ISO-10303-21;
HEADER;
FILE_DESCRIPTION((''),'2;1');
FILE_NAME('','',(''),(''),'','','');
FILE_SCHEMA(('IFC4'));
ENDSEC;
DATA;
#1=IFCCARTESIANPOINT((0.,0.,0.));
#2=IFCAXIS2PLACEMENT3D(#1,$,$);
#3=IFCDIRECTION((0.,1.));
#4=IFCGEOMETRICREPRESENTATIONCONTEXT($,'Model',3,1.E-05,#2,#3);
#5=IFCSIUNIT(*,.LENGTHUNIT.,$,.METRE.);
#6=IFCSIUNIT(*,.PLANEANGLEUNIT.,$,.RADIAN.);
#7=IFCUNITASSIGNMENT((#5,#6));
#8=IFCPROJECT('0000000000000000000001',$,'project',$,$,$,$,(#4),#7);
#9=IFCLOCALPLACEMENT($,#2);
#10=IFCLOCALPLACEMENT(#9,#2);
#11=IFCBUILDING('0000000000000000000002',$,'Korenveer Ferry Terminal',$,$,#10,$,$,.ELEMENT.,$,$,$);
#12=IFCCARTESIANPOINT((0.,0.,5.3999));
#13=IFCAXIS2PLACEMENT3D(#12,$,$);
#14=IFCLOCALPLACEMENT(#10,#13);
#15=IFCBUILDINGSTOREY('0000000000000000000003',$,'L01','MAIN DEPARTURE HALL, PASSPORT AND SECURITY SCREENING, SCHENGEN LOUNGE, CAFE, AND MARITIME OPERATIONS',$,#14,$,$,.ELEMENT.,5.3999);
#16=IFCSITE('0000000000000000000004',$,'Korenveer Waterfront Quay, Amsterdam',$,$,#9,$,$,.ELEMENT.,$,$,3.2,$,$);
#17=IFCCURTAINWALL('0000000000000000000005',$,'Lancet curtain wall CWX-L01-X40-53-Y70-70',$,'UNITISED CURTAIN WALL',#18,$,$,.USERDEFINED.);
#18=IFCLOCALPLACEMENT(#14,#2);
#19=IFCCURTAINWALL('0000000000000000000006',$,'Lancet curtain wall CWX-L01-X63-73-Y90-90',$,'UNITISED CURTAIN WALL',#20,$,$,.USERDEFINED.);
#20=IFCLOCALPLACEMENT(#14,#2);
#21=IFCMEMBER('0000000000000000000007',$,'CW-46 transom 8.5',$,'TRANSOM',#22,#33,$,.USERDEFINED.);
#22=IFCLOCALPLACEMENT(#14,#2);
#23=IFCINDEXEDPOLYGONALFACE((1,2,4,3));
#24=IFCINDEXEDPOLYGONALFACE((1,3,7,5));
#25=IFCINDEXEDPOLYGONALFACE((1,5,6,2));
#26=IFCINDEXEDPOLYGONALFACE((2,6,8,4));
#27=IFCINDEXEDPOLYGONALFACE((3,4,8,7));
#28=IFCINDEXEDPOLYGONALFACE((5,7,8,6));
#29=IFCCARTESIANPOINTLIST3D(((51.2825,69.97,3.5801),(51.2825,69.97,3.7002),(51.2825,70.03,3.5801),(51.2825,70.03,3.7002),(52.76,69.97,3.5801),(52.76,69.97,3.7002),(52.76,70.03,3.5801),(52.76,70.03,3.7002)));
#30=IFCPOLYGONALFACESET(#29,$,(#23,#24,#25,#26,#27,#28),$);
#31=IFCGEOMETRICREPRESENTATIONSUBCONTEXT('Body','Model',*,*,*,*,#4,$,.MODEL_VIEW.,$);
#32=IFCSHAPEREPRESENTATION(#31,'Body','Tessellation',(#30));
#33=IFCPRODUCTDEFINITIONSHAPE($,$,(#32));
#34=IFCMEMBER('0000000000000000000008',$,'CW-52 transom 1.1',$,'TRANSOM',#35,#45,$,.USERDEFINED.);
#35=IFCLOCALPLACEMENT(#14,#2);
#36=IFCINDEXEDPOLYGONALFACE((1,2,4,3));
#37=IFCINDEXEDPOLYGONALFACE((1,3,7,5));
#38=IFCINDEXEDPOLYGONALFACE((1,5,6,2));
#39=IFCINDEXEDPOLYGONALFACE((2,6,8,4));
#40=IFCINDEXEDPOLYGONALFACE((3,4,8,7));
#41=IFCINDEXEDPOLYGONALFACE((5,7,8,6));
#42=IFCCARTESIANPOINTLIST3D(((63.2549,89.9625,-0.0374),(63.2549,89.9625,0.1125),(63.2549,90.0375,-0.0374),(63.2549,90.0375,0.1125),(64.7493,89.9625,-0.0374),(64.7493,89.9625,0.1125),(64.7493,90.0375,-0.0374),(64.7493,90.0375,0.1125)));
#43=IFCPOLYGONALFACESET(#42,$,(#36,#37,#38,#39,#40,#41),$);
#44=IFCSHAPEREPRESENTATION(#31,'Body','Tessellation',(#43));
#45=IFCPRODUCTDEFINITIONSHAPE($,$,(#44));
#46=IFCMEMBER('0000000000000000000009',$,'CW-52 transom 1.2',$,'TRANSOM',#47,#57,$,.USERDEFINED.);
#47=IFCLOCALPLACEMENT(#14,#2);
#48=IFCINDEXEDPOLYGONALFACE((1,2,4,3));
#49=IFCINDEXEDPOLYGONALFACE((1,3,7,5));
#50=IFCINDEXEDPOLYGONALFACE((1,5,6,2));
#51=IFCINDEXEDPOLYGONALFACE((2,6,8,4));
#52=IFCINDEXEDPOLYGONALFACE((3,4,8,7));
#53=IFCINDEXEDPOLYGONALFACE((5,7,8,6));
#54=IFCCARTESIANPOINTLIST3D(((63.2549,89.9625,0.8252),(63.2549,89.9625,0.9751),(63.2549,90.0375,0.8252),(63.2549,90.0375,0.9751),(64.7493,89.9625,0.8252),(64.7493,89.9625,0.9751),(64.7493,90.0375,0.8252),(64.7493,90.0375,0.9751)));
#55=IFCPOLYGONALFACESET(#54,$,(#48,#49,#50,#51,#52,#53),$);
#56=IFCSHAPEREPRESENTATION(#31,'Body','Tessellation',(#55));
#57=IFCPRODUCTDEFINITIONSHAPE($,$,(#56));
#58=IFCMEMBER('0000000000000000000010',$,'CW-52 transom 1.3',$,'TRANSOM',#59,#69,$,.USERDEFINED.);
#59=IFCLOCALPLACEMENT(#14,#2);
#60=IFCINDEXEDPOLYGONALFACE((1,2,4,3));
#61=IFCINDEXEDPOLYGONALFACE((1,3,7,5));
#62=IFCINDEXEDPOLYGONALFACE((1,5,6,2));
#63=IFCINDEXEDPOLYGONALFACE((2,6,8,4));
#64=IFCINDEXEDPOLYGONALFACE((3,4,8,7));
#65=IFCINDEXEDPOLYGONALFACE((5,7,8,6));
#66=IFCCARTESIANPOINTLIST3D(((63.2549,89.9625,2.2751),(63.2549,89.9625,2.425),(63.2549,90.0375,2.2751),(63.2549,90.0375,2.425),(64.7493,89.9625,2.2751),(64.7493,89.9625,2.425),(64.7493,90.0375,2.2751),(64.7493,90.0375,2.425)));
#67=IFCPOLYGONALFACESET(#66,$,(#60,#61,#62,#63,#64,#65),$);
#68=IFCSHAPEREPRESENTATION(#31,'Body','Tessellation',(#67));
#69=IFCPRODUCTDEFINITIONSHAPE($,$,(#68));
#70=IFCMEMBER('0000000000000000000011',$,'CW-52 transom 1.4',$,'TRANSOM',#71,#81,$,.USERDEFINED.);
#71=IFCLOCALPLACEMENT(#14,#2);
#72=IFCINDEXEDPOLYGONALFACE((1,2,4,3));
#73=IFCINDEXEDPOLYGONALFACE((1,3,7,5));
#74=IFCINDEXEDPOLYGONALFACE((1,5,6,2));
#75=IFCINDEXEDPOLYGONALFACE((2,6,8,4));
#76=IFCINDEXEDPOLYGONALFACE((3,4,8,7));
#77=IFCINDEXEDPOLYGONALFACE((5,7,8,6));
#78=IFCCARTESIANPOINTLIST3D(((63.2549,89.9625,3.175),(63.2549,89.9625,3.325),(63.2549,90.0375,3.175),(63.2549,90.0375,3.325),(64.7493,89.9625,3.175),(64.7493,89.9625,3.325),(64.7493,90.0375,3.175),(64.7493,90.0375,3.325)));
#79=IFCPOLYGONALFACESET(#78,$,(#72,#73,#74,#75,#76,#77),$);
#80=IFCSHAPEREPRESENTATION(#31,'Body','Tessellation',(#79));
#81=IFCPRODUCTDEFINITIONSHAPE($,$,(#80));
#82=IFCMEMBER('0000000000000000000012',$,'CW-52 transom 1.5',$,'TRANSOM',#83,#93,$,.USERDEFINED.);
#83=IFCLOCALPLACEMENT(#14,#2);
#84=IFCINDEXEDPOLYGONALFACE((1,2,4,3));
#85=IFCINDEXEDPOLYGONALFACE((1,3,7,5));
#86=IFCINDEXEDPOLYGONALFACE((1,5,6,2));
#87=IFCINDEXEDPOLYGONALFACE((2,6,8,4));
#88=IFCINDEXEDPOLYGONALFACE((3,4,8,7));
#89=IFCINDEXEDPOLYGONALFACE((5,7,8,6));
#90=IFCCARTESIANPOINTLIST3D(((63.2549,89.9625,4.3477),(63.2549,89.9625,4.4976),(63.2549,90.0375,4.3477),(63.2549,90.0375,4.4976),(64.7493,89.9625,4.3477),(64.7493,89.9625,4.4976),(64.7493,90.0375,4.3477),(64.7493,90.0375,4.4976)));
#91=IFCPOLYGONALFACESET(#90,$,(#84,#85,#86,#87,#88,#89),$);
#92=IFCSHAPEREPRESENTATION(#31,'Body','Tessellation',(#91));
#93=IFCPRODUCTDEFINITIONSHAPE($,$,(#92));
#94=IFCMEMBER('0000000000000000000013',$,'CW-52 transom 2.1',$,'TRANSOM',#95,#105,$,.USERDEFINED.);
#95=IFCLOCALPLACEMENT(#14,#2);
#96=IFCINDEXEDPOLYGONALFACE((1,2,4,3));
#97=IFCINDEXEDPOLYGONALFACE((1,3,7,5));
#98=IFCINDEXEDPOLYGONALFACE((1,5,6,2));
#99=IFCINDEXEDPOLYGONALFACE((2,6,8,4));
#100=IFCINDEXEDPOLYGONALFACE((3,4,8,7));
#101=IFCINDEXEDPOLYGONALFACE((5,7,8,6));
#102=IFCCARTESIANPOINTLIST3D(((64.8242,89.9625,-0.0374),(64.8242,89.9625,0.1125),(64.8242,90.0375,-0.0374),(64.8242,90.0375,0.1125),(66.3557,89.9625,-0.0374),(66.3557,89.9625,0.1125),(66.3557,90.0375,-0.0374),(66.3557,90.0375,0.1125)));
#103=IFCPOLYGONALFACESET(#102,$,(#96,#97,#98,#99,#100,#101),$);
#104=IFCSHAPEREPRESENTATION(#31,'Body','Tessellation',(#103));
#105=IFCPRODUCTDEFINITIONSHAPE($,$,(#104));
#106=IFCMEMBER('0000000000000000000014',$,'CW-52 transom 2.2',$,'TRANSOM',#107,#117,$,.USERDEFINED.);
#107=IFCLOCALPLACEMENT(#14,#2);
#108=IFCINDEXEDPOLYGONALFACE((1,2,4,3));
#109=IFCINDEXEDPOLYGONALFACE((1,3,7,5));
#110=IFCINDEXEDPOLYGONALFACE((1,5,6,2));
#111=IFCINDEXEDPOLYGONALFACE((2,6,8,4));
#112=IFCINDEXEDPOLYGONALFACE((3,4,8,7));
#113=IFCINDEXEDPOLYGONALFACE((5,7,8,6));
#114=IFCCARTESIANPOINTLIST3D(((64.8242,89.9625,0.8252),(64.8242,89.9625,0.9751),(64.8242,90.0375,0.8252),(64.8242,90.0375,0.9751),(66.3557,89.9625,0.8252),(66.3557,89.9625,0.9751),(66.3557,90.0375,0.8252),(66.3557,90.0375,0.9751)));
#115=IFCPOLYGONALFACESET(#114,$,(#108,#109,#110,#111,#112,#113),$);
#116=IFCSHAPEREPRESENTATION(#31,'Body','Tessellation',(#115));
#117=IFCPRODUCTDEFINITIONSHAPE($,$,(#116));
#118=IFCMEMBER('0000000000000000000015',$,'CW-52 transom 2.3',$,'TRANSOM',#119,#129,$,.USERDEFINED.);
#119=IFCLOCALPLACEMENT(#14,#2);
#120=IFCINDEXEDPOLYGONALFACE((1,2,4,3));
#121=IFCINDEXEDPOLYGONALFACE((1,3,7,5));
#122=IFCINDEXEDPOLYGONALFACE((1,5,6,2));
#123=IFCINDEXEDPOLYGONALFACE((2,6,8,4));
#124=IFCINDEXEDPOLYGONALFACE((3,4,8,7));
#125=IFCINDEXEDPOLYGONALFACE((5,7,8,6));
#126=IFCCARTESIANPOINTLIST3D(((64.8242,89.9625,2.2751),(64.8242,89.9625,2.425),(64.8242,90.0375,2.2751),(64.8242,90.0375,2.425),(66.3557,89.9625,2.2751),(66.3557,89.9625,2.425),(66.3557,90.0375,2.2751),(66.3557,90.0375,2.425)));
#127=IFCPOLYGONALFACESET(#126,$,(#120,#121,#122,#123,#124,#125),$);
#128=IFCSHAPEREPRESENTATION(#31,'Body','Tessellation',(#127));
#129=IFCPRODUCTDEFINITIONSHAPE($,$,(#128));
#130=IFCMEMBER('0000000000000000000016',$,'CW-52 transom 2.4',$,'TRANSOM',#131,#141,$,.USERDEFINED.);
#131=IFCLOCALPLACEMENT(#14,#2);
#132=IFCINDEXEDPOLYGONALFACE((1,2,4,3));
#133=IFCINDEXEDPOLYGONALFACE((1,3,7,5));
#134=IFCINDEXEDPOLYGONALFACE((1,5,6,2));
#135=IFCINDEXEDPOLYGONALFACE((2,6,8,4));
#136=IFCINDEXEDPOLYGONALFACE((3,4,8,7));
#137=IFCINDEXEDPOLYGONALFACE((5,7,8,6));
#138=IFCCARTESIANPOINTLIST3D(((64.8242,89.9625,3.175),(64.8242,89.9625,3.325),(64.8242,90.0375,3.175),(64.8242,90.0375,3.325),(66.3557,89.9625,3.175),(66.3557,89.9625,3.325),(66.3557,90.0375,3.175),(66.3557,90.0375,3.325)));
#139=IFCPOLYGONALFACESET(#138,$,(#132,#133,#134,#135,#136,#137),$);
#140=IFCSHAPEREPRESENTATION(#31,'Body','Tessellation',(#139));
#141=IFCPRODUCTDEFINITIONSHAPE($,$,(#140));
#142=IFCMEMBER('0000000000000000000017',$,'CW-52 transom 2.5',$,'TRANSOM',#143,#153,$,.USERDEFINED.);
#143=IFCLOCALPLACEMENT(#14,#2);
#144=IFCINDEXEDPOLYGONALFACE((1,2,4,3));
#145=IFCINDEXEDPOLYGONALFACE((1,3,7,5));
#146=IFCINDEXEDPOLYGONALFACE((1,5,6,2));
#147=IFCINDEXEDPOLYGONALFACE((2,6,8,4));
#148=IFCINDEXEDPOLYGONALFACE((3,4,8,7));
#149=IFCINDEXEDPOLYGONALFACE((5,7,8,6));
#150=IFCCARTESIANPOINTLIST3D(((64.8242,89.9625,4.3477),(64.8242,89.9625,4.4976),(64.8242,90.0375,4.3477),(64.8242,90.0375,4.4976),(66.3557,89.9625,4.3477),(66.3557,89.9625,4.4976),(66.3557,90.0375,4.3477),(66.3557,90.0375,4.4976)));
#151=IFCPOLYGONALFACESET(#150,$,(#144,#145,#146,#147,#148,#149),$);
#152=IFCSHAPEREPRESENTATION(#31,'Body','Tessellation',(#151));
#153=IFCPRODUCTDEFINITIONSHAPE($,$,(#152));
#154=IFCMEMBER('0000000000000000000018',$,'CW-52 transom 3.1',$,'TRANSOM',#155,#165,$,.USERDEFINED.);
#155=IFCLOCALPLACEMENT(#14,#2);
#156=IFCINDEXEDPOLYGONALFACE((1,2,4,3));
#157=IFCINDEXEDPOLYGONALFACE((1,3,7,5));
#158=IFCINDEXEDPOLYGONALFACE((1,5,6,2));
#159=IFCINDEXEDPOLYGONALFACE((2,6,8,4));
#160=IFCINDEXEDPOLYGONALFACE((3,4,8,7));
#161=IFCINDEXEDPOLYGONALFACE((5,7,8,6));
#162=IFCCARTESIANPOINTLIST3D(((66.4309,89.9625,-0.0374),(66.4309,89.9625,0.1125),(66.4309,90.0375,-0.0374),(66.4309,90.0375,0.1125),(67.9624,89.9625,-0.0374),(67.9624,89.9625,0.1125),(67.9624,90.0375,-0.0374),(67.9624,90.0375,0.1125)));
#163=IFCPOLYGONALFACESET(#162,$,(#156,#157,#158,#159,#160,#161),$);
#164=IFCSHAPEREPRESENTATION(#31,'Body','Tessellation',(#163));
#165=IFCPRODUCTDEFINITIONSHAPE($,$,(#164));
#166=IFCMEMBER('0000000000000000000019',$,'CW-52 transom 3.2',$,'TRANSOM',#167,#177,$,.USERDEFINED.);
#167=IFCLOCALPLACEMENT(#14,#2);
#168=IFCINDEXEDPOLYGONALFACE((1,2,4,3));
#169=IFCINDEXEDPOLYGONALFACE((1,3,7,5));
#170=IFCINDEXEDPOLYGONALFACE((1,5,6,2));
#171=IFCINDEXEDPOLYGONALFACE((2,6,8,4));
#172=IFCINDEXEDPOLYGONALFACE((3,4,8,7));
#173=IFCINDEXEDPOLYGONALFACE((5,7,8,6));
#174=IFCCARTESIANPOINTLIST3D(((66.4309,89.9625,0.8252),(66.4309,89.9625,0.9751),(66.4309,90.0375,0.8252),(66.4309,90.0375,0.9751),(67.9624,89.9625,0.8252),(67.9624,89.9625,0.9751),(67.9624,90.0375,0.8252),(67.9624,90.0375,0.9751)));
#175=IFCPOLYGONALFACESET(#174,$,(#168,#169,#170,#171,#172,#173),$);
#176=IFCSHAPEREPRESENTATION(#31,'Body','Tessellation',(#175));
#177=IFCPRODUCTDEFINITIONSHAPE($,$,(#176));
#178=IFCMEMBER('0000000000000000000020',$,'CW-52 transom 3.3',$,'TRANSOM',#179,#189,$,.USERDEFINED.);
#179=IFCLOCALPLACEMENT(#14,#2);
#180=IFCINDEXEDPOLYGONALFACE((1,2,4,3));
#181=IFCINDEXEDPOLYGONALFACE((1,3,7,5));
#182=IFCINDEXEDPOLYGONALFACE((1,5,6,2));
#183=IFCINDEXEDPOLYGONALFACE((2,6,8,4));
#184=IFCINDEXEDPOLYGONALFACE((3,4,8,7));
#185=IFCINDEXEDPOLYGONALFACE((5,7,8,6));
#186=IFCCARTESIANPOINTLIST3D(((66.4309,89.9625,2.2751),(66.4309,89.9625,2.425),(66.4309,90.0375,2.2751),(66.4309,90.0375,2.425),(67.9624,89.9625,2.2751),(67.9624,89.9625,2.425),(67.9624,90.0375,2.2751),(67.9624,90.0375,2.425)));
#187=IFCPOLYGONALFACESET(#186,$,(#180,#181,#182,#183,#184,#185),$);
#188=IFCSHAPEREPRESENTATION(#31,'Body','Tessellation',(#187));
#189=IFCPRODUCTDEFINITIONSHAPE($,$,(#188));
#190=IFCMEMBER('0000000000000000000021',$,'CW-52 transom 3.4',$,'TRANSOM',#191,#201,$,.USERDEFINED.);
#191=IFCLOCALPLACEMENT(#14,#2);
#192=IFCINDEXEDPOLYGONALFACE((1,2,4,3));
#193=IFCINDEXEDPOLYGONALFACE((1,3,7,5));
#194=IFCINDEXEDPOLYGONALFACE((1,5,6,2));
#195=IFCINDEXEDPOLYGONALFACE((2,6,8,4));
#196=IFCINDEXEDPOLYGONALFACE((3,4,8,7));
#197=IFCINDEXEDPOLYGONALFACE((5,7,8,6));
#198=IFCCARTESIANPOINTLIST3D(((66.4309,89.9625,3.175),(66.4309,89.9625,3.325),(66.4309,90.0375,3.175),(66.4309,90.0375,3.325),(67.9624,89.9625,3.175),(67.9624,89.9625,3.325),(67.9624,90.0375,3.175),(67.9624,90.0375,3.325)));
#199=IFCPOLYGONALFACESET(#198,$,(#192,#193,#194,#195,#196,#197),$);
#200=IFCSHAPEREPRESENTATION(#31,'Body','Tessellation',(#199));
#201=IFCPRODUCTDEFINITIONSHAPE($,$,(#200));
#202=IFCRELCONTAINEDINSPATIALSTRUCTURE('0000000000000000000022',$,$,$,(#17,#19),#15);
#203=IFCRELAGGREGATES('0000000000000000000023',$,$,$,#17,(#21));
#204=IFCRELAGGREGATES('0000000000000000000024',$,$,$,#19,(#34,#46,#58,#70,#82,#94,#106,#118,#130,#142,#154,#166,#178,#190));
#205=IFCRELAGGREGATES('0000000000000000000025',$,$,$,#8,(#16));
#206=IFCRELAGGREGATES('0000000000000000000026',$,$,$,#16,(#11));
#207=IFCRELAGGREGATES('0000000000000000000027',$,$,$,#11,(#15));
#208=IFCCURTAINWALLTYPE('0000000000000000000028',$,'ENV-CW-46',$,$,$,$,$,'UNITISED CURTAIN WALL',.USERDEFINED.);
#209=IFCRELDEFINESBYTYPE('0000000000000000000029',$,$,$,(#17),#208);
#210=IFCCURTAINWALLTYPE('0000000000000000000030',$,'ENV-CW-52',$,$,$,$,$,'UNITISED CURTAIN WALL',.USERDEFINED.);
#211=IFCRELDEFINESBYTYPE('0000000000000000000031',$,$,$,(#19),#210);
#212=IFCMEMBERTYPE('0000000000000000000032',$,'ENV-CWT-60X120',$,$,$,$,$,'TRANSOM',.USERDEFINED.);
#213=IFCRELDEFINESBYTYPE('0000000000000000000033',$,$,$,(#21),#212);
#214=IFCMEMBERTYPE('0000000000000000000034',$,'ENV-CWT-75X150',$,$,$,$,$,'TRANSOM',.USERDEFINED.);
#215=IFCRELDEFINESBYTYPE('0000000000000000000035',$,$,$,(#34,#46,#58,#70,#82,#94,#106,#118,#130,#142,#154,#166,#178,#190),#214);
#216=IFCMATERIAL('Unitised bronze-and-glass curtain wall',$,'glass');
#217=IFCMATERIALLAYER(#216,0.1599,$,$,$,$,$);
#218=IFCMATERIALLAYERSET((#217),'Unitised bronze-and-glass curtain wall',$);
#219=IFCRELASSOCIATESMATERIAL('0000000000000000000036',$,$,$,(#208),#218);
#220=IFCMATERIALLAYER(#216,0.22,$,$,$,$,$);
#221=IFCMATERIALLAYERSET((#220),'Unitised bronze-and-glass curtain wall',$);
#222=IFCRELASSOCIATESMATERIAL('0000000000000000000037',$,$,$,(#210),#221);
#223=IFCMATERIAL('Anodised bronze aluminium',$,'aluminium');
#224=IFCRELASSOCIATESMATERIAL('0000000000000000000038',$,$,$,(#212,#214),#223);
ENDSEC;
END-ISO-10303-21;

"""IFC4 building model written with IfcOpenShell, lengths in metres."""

from ifc_helpers import new_model, si_unit, direction, frame, origin, origin_2d, place, context, subcontext, project, spatial, rectangle, extrude, material, layer, layer_set, material_profile, profile_set, type_object, element, aggregate, save


model = new_model("IFC4")

# Units and contexts
model_context = context("Model", 3, precision=1e-05, world=origin(), true_north=direction((0.0, 1.0)))
body_context = subcontext(model_context, "Body", "Model", "MODEL_VIEW")
ifc_project = project(units=[si_unit("LENGTHUNIT", "METRE"), si_unit("PLANEANGLEUNIT", "RADIAN")], contexts=[model_context])

# Site, building, storey
site_placement = place(None, origin())
site = spatial("IfcSite", under=ifc_project, at=site_placement, Name="Korenveer Waterfront Quay, Amsterdam", CompositionType="ELEMENT", RefElevation=3.2)
building_placement = place(site_placement, origin())
building = spatial("IfcBuilding", under=site, at=building_placement, Name="Korenveer Ferry Terminal", CompositionType="ELEMENT")
storey_placement = place(building_placement, frame((0.0, 0.0, 5.3999)))
storey = spatial("IfcBuildingStorey", under=building, at=storey_placement, Name="L01", Description="MAIN DEPARTURE HALL, PASSPORT AND SECURITY SCREENING, SCHENGEN LOUNGE, CAFE, AND MARITIME OPERATIONS", CompositionType="ELEMENT", Elevation=5.3999)

# Curtain wall
ifc_material_1 = material(Name="Unitised bronze-and-glass curtain wall", Category="glass")
ifc_layer_1 = layer(ifc_material_1, 0.1599)
ifc_layer_set_1 = layer_set([ifc_layer_1], Name="Unitised bronze-and-glass curtain wall")
curtain_wall_type_1 = type_object("IfcCurtainWallType", Name="ENV-CW-46", ElementType="UNITISED CURTAIN WALL", PredefinedType="USERDEFINED", material=ifc_layer_set_1)
curtain_wall_1_placement = place(storey_placement, frame((40.28, 70.0, 0.0)))
curtain_wall_1 = element("IfcCurtainWall", 1, at=curtain_wall_1_placement, inside=storey, type_object=curtain_wall_type_1, Name="Lancet curtain wall CWX-L01-X40-53-Y70-70", ObjectType="UNITISED CURTAIN WALL", PredefinedType="USERDEFINED")
ifc_material_2 = material(Name="Anodised bronze aluminium", Category="aluminium")

# Curtain wall
ifc_layer_2 = layer(ifc_material_1, 0.22)
ifc_layer_set_2 = layer_set([ifc_layer_2], Name="Unitised bronze-and-glass curtain wall")
curtain_wall_type_2 = type_object("IfcCurtainWallType", Name="ENV-CW-52", ElementType="UNITISED CURTAIN WALL", PredefinedType="USERDEFINED", material=ifc_layer_set_2)
curtain_wall_2_placement = place(storey_placement, frame((63.1799, 90.0, 0.0)))
curtain_wall_2 = element("IfcCurtainWall", 2, at=curtain_wall_2_placement, inside=storey, type_object=curtain_wall_type_2, Name="Lancet curtain wall CWX-L01-X63-73-Y90-90", ObjectType="UNITISED CURTAIN WALL", PredefinedType="USERDEFINED")

# Members
ifc_material_profile_1 = material_profile(ifc_material_2, rectangle(XDim=0.0601, YDim=0.1201, at=origin_2d()), Name="ALU 60x120")
ifc_profile_set_1 = profile_set([ifc_material_profile_1], Name="Anodised bronze aluminium")
member_type_1 = type_object("IfcMemberType", Name="ENV-CWT-60X120", ElementType="TRANSOM", PredefinedType="USERDEFINED", material=ifc_profile_set_1)
member_1_placement = place(storey_placement, frame((51.2825, 70.0, 3.6401), z_axis=(1.0, 0.0, 0.0), x_axis=(0.0, 1.0, 0.0)))
member_1 = element("IfcMember", 3, at=member_1_placement, type_object=member_type_1, Name="CW-46 transom 8.5", ObjectType="TRANSOM", PredefinedType="USERDEFINED", context=body_context, shape_type="SweptSolid", body=[
    extrude(rectangle(XDim=0.0601, YDim=0.1201, at=origin_2d()), origin(), (0.0, 0.0, 1.0), 1.4775),
])
ifc_material_profile_2 = material_profile(ifc_material_2, rectangle(XDim=0.075, YDim=0.1499, at=origin_2d()), Name="ALU 75x150")
ifc_profile_set_2 = profile_set([ifc_material_profile_2], Name="Anodised bronze aluminium")
member_type_2 = type_object("IfcMemberType", Name="ENV-CWT-75X150", ElementType="TRANSOM", PredefinedType="USERDEFINED", material=ifc_profile_set_2)
member_2_placement = place(storey_placement, frame((63.2549, 90.0, 0.0376), z_axis=(1.0, 0.0, 0.0), x_axis=(0.0, 1.0, 0.0)))
member_2 = element("IfcMember", 4, at=member_2_placement, type_object=member_type_2, Name="CW-52 transom 1.1", ObjectType="TRANSOM", PredefinedType="USERDEFINED", context=body_context, shape_type="SweptSolid", body=[
    extrude(rectangle(XDim=0.075, YDim=0.1499, at=origin_2d()), origin(), (0.0, 0.0, 1.0), 1.4944),
])
member_3_placement = place(storey_placement, frame((63.2549, 90.0, 0.9001), z_axis=(1.0, 0.0, 0.0), x_axis=(0.0, 1.0, 0.0)))
member_3 = element("IfcMember", 5, at=member_3_placement, type_object=member_type_2, Name="CW-52 transom 1.2", ObjectType="TRANSOM", PredefinedType="USERDEFINED", context=body_context, shape_type="SweptSolid", body=[
    extrude(rectangle(XDim=0.075, YDim=0.1499, at=origin_2d()), origin(), (0.0, 0.0, 1.0), 1.4944),
])
member_4_placement = place(storey_placement, frame((63.2549, 90.0, 2.3501), z_axis=(1.0, 0.0, 0.0), x_axis=(0.0, 1.0, 0.0)))
member_4 = element("IfcMember", 6, at=member_4_placement, type_object=member_type_2, Name="CW-52 transom 1.3", ObjectType="TRANSOM", PredefinedType="USERDEFINED", context=body_context, shape_type="SweptSolid", body=[
    extrude(rectangle(XDim=0.075, YDim=0.1499, at=origin_2d()), origin(), (0.0, 0.0, 1.0), 1.4944),
])
member_5_placement = place(storey_placement, frame((63.2549, 90.0, 3.25), z_axis=(1.0, 0.0, 0.0), x_axis=(0.0, 1.0, 0.0)))
member_5 = element("IfcMember", 7, at=member_5_placement, type_object=member_type_2, Name="CW-52 transom 1.4", ObjectType="TRANSOM", PredefinedType="USERDEFINED", context=body_context, shape_type="SweptSolid", body=[
    extrude(rectangle(XDim=0.075, YDim=0.1499, at=origin_2d()), origin(), (0.0, 0.0, 1.0), 1.4944),
])
member_6_placement = place(storey_placement, frame((63.2549, 90.0, 4.4226), z_axis=(1.0, 0.0, 0.0), x_axis=(0.0, 1.0, 0.0)))
member_6 = element("IfcMember", 8, at=member_6_placement, type_object=member_type_2, Name="CW-52 transom 1.5", ObjectType="TRANSOM", PredefinedType="USERDEFINED", context=body_context, shape_type="SweptSolid", body=[
    extrude(rectangle(XDim=0.075, YDim=0.1499, at=origin_2d()), origin(), (0.0, 0.0, 1.0), 1.4944),
])
member_7_placement = place(storey_placement, frame((64.8242, 90.0, 0.0376), z_axis=(1.0, 0.0, 0.0), x_axis=(0.0, 1.0, 0.0)))
member_7 = element("IfcMember", 9, at=member_7_placement, type_object=member_type_2, Name="CW-52 transom 2.1", ObjectType="TRANSOM", PredefinedType="USERDEFINED", context=body_context, shape_type="SweptSolid", body=[
    extrude(rectangle(XDim=0.075, YDim=0.1499, at=origin_2d()), origin(), (0.0, 0.0, 1.0), 1.5315),
])
member_8_placement = place(storey_placement, frame((64.8242, 90.0, 0.9001), z_axis=(1.0, 0.0, 0.0), x_axis=(0.0, 1.0, 0.0)))
member_8 = element("IfcMember", 10, at=member_8_placement, type_object=member_type_2, Name="CW-52 transom 2.2", ObjectType="TRANSOM", PredefinedType="USERDEFINED", context=body_context, shape_type="SweptSolid", body=[
    extrude(rectangle(XDim=0.075, YDim=0.1499, at=origin_2d()), origin(), (0.0, 0.0, 1.0), 1.5315),
])
member_9_placement = place(storey_placement, frame((64.8242, 90.0, 2.3501), z_axis=(1.0, 0.0, 0.0), x_axis=(0.0, 1.0, 0.0)))
member_9 = element("IfcMember", 11, at=member_9_placement, type_object=member_type_2, Name="CW-52 transom 2.3", ObjectType="TRANSOM", PredefinedType="USERDEFINED", context=body_context, shape_type="SweptSolid", body=[
    extrude(rectangle(XDim=0.075, YDim=0.1499, at=origin_2d()), origin(), (0.0, 0.0, 1.0), 1.5315),
])
member_10_placement = place(storey_placement, frame((64.8242, 90.0, 3.25), z_axis=(1.0, 0.0, 0.0), x_axis=(0.0, 1.0, 0.0)))
member_10 = element("IfcMember", 12, at=member_10_placement, type_object=member_type_2, Name="CW-52 transom 2.4", ObjectType="TRANSOM", PredefinedType="USERDEFINED", context=body_context, shape_type="SweptSolid", body=[
    extrude(rectangle(XDim=0.075, YDim=0.1499, at=origin_2d()), origin(), (0.0, 0.0, 1.0), 1.5315),
])
member_11_placement = place(storey_placement, frame((64.8242, 90.0, 4.4226), z_axis=(1.0, 0.0, 0.0), x_axis=(0.0, 1.0, 0.0)))
member_11 = element("IfcMember", 13, at=member_11_placement, type_object=member_type_2, Name="CW-52 transom 2.5", ObjectType="TRANSOM", PredefinedType="USERDEFINED", context=body_context, shape_type="SweptSolid", body=[
    extrude(rectangle(XDim=0.075, YDim=0.1499, at=origin_2d()), origin(), (0.0, 0.0, 1.0), 1.5315),
])
member_12_placement = place(storey_placement, frame((66.4309, 90.0, 0.0376), z_axis=(1.0, 0.0, 0.0), x_axis=(0.0, 1.0, 0.0)))
member_12 = element("IfcMember", 14, at=member_12_placement, type_object=member_type_2, Name="CW-52 transom 3.1", ObjectType="TRANSOM", PredefinedType="USERDEFINED", context=body_context, shape_type="SweptSolid", body=[
    extrude(rectangle(XDim=0.075, YDim=0.1499, at=origin_2d()), origin(), (0.0, 0.0, 1.0), 1.5315),
])
member_13_placement = place(storey_placement, frame((66.4309, 90.0, 0.9001), z_axis=(1.0, 0.0, 0.0), x_axis=(0.0, 1.0, 0.0)))
member_13 = element("IfcMember", 15, at=member_13_placement, type_object=member_type_2, Name="CW-52 transom 3.2", ObjectType="TRANSOM", PredefinedType="USERDEFINED", context=body_context, shape_type="SweptSolid", body=[
    extrude(rectangle(XDim=0.075, YDim=0.1499, at=origin_2d()), origin(), (0.0, 0.0, 1.0), 1.5315),
])
member_14_placement = place(storey_placement, frame((66.4309, 90.0, 2.3501), z_axis=(1.0, 0.0, 0.0), x_axis=(0.0, 1.0, 0.0)))
member_14 = element("IfcMember", 16, at=member_14_placement, type_object=member_type_2, Name="CW-52 transom 3.3", ObjectType="TRANSOM", PredefinedType="USERDEFINED", context=body_context, shape_type="SweptSolid", body=[
    extrude(rectangle(XDim=0.075, YDim=0.1499, at=origin_2d()), origin(), (0.0, 0.0, 1.0), 1.5315),
])
member_15_placement = place(storey_placement, frame((66.4309, 90.0, 3.25), z_axis=(1.0, 0.0, 0.0), x_axis=(0.0, 1.0, 0.0)))
member_15 = element("IfcMember", 17, at=member_15_placement, type_object=member_type_2, Name="CW-52 transom 3.4", ObjectType="TRANSOM", PredefinedType="USERDEFINED", context=body_context, shape_type="SweptSolid", body=[
    extrude(rectangle(XDim=0.075, YDim=0.1499, at=origin_2d()), origin(), (0.0, 0.0, 1.0), 1.5315),
])

aggregate(curtain_wall_1, [member_1])
aggregate(curtain_wall_2, [member_2, member_3, member_4, member_5, member_6, member_7, member_8, member_9, member_10, member_11, member_12, member_13, member_14, member_15])

save(model, "model.ifc")
